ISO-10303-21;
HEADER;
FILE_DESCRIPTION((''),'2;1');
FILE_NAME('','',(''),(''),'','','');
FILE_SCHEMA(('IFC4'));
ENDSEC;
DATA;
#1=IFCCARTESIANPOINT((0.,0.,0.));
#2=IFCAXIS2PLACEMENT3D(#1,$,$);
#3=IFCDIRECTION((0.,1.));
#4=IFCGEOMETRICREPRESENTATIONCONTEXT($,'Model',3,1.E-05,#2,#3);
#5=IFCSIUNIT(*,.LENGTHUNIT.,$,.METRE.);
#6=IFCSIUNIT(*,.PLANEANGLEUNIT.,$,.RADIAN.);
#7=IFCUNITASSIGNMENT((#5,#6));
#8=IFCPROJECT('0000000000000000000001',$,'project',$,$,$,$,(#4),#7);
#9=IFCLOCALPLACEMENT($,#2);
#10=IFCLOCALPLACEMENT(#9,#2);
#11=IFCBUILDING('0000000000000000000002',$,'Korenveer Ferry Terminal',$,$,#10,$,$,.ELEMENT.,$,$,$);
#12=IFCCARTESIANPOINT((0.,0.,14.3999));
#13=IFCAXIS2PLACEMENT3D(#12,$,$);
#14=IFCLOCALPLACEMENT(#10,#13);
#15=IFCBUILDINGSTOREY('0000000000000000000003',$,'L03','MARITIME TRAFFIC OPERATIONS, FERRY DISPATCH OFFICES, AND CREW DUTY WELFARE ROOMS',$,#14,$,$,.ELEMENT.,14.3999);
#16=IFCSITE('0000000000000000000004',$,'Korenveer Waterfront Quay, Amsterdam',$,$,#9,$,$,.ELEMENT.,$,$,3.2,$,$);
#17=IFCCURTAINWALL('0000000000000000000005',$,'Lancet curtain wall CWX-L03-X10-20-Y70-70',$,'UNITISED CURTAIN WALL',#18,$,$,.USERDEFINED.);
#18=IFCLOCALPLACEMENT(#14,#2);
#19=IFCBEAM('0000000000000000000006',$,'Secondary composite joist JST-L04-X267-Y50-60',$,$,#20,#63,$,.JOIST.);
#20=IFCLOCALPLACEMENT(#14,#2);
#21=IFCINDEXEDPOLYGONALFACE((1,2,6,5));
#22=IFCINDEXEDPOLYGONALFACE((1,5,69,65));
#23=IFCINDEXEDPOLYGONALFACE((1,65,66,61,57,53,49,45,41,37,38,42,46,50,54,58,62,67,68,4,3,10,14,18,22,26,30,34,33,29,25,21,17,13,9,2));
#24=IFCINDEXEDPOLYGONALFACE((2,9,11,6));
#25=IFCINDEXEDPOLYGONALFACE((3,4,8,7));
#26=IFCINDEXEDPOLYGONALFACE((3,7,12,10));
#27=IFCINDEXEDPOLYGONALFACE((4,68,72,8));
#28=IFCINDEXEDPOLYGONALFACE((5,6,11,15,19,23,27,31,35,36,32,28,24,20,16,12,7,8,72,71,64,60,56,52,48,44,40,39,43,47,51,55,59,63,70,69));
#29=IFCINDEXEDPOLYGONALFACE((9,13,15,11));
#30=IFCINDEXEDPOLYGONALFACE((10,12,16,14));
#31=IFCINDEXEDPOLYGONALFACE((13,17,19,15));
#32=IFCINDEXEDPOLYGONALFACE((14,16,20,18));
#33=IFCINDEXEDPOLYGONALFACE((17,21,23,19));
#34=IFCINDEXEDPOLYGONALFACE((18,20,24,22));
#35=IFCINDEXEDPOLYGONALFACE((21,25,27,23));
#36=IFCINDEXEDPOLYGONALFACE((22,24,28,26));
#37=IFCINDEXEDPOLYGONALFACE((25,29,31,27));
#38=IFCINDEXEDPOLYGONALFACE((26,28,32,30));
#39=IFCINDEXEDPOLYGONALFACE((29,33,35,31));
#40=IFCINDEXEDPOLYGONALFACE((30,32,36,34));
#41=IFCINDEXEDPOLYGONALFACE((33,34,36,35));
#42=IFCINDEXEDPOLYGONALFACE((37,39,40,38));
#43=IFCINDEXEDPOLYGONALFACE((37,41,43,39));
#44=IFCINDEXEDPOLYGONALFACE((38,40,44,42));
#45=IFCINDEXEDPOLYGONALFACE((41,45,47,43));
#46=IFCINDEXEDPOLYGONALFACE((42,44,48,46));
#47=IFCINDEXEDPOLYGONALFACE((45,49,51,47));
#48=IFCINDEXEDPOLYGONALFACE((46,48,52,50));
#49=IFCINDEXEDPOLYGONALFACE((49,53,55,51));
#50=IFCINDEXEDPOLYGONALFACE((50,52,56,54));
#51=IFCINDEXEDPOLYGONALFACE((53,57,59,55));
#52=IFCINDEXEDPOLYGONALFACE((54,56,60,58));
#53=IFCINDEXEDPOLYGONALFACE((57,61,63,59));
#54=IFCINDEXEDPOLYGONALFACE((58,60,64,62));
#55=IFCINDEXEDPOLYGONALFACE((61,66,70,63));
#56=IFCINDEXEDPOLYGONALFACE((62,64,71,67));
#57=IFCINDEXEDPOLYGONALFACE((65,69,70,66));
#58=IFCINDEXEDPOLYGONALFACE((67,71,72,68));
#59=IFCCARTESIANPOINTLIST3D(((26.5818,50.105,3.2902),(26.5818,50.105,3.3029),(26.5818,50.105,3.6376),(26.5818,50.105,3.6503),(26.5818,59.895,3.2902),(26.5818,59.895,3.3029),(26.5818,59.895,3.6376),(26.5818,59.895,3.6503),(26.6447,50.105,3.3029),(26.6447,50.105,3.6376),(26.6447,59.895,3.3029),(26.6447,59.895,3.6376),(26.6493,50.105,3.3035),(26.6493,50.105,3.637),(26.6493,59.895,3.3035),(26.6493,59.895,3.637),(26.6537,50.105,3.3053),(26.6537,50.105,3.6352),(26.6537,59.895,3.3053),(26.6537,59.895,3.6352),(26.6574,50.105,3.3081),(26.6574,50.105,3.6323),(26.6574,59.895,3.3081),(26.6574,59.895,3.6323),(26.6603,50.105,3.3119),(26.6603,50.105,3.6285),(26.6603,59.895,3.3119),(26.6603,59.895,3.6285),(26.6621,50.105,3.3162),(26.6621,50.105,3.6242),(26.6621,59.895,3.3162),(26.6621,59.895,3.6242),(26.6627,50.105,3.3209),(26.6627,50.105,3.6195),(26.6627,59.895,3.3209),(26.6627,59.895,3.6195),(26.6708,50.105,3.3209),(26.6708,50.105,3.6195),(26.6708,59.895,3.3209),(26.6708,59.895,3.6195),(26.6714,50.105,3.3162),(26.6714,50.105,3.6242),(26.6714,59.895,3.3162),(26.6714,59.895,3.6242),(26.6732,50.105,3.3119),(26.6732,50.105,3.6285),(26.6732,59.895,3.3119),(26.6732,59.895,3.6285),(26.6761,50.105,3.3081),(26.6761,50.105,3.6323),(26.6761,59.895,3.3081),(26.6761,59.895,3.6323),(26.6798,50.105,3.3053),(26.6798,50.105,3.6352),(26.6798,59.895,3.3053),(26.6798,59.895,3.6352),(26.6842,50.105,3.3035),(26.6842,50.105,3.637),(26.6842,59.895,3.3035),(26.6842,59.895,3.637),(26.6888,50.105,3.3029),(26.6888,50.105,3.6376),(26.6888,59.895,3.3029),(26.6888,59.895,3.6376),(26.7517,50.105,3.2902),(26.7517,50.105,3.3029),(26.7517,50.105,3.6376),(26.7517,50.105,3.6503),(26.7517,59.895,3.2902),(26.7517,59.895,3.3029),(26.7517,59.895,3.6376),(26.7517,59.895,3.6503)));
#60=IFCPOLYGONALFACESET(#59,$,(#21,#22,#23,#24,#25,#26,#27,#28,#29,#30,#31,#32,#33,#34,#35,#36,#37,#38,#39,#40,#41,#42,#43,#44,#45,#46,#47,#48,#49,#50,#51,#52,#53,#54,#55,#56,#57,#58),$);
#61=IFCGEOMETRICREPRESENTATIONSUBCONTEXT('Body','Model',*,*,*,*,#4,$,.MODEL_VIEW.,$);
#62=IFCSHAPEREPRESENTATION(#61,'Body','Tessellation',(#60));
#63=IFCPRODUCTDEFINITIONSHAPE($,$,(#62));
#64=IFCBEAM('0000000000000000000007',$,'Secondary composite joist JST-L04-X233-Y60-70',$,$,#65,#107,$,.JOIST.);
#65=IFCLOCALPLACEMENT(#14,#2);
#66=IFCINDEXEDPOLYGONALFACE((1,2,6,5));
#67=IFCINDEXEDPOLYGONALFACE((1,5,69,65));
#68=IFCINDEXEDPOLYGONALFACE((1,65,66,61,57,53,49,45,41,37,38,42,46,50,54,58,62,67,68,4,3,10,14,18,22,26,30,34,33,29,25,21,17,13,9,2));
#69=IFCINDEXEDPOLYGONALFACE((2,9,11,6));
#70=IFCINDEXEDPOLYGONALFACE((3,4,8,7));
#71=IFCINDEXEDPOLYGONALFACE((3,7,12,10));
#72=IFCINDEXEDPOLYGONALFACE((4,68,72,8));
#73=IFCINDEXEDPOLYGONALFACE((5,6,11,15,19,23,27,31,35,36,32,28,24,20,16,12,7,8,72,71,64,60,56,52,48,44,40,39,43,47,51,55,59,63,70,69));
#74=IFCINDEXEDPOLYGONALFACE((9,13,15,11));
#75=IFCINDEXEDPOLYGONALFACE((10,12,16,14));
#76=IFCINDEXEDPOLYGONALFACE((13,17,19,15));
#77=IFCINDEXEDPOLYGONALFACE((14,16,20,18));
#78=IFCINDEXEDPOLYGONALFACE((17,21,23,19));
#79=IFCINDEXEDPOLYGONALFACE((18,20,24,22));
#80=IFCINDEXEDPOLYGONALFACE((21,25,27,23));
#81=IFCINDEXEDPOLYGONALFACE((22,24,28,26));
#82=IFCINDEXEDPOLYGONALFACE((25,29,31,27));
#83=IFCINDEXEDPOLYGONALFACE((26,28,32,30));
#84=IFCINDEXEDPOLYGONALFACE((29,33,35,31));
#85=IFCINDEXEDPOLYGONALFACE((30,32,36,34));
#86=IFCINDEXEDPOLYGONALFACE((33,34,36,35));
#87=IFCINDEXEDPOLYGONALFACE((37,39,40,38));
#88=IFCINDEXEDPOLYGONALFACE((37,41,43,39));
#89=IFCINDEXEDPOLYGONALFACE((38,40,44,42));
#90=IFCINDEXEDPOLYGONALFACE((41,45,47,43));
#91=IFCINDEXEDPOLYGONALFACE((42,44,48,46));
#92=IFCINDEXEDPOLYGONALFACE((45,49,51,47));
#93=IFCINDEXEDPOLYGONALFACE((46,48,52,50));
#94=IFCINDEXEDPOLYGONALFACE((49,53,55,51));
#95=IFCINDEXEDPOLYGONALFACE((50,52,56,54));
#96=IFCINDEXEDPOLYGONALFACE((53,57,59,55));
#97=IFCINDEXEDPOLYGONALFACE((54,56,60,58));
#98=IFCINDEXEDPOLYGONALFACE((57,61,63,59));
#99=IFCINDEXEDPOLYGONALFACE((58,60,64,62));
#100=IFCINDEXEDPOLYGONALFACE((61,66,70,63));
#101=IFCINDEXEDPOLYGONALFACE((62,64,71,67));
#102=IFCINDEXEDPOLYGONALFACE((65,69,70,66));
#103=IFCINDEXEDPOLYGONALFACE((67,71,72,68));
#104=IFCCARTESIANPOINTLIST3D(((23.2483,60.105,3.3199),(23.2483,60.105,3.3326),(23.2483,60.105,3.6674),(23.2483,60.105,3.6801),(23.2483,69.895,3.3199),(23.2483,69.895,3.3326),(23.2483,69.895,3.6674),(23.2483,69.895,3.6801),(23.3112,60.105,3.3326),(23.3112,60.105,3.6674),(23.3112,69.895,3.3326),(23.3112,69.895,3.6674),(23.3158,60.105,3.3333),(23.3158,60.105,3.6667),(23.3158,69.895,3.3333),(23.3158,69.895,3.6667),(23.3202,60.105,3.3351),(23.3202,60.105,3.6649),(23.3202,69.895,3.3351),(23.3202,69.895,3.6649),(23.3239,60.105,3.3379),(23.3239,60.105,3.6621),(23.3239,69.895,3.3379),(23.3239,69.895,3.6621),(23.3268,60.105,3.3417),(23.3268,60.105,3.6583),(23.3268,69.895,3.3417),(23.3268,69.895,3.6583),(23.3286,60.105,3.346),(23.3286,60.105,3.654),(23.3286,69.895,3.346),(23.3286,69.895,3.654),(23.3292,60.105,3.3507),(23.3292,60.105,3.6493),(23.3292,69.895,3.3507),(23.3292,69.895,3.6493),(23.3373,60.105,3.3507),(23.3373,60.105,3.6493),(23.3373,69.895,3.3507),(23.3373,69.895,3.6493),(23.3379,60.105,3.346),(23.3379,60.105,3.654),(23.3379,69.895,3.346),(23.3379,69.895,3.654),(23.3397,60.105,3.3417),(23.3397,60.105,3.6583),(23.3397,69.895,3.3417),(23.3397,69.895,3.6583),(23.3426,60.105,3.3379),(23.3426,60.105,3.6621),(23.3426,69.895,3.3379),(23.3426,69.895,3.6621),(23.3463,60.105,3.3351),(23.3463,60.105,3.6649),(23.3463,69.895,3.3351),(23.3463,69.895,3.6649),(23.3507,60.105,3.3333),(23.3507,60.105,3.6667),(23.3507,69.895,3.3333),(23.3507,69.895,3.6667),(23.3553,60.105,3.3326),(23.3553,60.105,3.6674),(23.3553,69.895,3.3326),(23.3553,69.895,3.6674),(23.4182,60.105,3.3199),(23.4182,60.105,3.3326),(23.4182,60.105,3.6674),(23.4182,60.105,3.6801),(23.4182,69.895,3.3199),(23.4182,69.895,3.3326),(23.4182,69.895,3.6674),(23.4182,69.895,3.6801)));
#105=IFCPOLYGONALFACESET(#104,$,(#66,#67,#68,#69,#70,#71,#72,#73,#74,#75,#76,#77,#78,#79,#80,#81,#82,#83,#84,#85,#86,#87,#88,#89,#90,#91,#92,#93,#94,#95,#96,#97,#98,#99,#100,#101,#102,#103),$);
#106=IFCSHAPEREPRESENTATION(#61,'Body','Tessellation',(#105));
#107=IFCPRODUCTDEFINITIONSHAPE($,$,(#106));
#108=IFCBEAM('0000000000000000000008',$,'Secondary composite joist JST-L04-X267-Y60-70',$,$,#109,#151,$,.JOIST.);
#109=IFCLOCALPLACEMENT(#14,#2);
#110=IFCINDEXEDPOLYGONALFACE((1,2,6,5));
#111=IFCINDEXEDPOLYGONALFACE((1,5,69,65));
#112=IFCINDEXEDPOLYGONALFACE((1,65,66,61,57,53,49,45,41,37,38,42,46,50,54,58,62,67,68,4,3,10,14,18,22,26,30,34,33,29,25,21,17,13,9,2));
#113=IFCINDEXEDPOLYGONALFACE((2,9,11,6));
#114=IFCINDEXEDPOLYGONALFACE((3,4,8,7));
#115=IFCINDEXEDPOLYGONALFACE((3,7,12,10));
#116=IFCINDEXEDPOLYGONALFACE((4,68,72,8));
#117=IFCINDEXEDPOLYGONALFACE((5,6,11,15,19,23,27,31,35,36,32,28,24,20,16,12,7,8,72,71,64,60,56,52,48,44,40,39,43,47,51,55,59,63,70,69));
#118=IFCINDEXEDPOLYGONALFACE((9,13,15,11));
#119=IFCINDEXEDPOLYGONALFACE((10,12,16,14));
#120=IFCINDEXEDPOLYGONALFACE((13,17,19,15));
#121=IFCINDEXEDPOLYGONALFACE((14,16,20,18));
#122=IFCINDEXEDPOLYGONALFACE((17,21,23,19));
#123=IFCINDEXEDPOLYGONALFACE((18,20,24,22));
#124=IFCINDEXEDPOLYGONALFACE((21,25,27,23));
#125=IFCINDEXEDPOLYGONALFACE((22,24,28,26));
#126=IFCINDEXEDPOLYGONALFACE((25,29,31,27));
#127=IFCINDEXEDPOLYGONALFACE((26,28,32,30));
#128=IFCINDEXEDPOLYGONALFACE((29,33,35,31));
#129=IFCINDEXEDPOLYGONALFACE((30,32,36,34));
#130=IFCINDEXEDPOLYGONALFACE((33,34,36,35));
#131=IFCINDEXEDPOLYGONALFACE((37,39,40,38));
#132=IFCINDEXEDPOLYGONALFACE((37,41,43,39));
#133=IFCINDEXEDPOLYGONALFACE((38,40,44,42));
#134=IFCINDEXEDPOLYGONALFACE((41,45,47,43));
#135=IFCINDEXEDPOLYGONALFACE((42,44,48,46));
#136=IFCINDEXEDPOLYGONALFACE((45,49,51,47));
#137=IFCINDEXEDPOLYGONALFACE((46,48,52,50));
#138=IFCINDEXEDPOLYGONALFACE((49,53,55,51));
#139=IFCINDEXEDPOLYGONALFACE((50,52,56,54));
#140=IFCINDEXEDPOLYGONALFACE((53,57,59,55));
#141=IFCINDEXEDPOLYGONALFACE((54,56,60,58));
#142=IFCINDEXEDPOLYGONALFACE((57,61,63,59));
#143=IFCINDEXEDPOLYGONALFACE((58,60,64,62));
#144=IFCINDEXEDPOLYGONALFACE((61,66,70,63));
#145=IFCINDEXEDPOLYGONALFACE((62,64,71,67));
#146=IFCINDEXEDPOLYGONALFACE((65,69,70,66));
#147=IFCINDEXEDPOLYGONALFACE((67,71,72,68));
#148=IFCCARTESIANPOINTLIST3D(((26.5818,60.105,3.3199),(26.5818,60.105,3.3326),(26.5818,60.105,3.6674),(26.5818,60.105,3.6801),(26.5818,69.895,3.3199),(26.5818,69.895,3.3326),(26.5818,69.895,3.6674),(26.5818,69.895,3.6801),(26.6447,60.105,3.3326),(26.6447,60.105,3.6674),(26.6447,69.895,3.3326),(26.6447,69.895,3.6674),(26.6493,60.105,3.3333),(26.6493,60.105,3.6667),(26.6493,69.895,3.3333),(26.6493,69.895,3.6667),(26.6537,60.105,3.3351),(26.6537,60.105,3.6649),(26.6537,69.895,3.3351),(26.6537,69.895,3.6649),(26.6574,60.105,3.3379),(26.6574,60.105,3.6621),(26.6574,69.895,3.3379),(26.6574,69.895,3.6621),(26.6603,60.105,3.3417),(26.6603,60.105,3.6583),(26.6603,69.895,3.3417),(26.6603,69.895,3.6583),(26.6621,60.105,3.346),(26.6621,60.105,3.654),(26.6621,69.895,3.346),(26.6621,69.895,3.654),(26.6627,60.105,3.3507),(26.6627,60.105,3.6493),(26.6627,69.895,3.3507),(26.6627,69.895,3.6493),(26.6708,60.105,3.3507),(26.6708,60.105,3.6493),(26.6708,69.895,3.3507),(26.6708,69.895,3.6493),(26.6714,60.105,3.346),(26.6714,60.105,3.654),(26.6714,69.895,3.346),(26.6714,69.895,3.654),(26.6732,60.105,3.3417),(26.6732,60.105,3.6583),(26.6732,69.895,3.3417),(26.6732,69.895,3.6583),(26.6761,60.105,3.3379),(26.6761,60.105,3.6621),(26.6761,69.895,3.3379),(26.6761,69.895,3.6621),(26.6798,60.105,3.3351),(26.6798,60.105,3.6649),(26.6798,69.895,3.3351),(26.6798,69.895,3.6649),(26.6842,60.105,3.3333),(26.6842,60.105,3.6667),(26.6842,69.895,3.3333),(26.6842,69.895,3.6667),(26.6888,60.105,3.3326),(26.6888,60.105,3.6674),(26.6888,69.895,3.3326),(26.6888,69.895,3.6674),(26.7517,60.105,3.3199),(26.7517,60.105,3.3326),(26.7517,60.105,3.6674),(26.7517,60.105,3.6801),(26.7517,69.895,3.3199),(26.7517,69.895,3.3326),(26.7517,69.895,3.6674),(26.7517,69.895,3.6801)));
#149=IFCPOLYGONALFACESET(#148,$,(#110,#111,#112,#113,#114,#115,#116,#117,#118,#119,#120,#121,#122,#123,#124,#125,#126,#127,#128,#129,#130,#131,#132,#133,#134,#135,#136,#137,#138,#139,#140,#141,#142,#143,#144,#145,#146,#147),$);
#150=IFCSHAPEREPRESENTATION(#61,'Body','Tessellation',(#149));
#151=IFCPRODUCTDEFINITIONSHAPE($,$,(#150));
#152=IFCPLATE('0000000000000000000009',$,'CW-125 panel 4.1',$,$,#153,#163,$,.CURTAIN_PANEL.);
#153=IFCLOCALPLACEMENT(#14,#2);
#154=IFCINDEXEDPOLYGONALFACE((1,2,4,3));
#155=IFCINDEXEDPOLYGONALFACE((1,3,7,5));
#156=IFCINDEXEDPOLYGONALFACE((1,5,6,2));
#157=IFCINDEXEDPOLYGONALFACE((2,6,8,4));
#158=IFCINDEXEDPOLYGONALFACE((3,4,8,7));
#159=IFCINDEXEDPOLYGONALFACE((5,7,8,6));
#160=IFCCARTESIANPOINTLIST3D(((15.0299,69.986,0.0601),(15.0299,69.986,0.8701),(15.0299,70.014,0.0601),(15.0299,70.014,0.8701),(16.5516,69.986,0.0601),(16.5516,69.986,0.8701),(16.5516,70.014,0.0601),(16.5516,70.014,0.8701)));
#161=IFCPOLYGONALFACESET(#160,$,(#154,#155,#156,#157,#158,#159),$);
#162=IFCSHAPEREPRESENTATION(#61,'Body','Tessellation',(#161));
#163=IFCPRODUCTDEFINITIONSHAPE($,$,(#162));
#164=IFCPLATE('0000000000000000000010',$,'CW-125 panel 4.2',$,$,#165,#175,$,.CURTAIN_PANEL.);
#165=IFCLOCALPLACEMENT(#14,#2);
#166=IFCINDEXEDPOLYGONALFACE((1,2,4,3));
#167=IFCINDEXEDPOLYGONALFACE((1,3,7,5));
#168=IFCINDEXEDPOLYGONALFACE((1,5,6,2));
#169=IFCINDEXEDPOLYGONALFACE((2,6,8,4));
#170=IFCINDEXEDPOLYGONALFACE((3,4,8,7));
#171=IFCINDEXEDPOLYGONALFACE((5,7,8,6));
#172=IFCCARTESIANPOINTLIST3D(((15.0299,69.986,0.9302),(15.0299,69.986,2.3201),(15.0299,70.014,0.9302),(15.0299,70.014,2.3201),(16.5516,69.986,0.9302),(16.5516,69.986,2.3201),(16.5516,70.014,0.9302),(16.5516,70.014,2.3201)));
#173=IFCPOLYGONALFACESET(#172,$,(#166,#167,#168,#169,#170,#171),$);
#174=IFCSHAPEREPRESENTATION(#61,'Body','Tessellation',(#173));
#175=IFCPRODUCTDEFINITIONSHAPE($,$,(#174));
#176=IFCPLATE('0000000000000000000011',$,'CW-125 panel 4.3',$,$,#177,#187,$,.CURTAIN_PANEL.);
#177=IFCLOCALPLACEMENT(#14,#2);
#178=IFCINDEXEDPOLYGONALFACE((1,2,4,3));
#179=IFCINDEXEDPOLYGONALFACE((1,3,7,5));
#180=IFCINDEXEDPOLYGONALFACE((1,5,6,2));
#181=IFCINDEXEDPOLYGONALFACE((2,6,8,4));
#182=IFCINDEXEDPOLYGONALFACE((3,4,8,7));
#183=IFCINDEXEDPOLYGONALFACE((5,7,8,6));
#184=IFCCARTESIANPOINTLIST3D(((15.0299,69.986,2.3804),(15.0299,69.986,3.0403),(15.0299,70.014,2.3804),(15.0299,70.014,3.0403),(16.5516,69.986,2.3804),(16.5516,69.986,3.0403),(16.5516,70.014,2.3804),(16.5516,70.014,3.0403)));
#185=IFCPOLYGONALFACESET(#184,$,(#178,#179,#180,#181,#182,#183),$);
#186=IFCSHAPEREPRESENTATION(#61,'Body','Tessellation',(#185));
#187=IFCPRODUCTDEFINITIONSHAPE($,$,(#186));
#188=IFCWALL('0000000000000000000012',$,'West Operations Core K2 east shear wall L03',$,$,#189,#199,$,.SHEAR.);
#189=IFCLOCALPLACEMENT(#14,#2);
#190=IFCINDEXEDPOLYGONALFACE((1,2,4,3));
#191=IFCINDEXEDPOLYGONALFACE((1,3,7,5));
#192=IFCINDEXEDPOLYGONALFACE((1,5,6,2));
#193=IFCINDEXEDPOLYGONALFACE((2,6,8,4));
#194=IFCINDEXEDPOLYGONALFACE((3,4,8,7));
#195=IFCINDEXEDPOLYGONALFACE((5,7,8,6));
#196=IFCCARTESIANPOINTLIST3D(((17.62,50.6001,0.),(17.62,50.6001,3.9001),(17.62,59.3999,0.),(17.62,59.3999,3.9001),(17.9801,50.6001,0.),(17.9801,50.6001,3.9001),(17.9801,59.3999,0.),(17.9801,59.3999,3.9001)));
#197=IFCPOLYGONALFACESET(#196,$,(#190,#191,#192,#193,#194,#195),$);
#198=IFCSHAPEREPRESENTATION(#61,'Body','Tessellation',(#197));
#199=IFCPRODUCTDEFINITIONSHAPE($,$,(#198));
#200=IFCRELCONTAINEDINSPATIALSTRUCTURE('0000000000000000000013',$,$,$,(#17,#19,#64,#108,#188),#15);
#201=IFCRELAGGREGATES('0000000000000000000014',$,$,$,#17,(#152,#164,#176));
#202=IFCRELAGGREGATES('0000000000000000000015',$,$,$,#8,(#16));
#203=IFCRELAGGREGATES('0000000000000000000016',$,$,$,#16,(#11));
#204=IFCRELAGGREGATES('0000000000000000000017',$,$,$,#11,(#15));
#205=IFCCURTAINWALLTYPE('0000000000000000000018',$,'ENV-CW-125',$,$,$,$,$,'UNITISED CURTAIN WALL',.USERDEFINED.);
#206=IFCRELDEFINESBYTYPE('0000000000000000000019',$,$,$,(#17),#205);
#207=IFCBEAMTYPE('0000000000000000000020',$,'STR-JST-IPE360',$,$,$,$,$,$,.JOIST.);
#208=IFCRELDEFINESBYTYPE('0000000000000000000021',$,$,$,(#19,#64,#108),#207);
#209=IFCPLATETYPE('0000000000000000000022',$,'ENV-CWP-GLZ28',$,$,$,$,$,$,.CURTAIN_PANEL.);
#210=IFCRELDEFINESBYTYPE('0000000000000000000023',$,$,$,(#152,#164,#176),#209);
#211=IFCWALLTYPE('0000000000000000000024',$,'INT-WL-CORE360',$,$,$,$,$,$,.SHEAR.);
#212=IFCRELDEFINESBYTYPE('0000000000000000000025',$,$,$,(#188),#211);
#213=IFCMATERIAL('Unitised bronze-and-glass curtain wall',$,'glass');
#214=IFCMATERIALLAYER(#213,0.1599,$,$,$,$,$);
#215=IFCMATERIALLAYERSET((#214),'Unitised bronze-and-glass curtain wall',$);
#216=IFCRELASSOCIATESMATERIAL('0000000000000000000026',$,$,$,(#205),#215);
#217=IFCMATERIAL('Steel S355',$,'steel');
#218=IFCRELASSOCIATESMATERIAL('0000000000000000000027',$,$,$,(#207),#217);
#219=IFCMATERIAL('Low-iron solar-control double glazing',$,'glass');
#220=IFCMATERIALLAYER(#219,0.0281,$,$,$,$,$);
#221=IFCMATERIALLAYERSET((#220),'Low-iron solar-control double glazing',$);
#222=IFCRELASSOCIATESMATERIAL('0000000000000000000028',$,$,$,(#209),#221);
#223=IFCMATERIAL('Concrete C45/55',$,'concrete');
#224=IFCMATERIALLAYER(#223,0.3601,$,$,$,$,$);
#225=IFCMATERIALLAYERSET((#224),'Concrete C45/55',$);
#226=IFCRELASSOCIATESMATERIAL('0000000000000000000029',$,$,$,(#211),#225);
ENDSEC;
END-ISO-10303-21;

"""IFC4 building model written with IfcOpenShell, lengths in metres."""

from ifc_helpers import new_model, si_unit, direction, frame, frame_2d, origin, origin_2d, place, context, subcontext, project, spatial, rectangle, i_section, extrude, material, layer, layer_set, material_profile, profile_set, type_object, element, aggregate, save


model = new_model("IFC4")

# Units and contexts
model_context = context("Model", 3, precision=1e-05, world=origin(), true_north=direction((0.0, 1.0)))
body_context = subcontext(model_context, "Body", "Model", "MODEL_VIEW")
ifc_project = project(units=[si_unit("LENGTHUNIT", "METRE"), si_unit("PLANEANGLEUNIT", "RADIAN")], contexts=[model_context])

# Site, building, storey
site_placement = place(None, origin())
site = spatial("IfcSite", under=ifc_project, at=site_placement, Name="Korenveer Waterfront Quay, Amsterdam", CompositionType="ELEMENT", RefElevation=3.2)
building_placement = place(site_placement, origin())
building = spatial("IfcBuilding", under=site, at=building_placement, Name="Korenveer Ferry Terminal", CompositionType="ELEMENT")
storey_placement = place(building_placement, frame((0.0, 0.0, 14.3999)))
storey = spatial("IfcBuildingStorey", under=building, at=storey_placement, Name="L03", Description="MARITIME TRAFFIC OPERATIONS, FERRY DISPATCH OFFICES, AND CREW DUTY WELFARE ROOMS", CompositionType="ELEMENT", Elevation=14.3999)

# Shared definitions
ifc_material_1 = material(Name="Concrete C45/55", Category="concrete")

# Curtain wall
ifc_material_2 = material(Name="Unitised bronze-and-glass curtain wall", Category="glass")
ifc_layer_1 = layer(ifc_material_2, 0.1599)
ifc_layer_set_1 = layer_set([ifc_layer_1], Name="Unitised bronze-and-glass curtain wall")
curtain_wall_type = type_object("IfcCurtainWallType", Name="ENV-CW-125", ElementType="UNITISED CURTAIN WALL", PredefinedType="USERDEFINED", material=ifc_layer_set_1)
curtain_wall_placement = place(storey_placement, frame((10.2549, 70.0, 0.0)))
curtain_wall = element("IfcCurtainWall", 1, at=curtain_wall_placement, inside=storey, type_object=curtain_wall_type, Name="Lancet curtain wall CWX-L03-X10-20-Y70-70", ObjectType="UNITISED CURTAIN WALL", PredefinedType="USERDEFINED")

# Beams
ifc_material_3 = material(Name="Steel S355", Category="steel")
ifc_material_profile_1 = material_profile(ifc_material_3, i_section(OverallWidth=0.1699, OverallDepth=0.3601, WebThickness=0.0081, FlangeThickness=0.0127, FilletRadius=0.0181, at=origin_2d()), Name="IPE 360")
ifc_profile_set_1 = profile_set([ifc_material_profile_1], Name="Steel S355")
beam_type_1 = type_object("IfcBeamType", Name="STR-JST-IPE360", PredefinedType="JOIST", material=ifc_profile_set_1)
for number, where, z_axis, x_axis, name in (
    (2, (26.6667, 50.105, 3.4702), (0.0, 1.0, 0.0), (-1.0, 0.0, 0.0), "Secondary composite joist JST-L04-X267-Y50-60"),
    (3, (23.3333, 60.105, 3.5), (0.0, 1.0, 0.0), (-1.0, 0.0, 0.0), "Secondary composite joist JST-L04-X233-Y60-70"),
    (4, (26.6667, 60.105, 3.5), (0.0, 1.0, 0.0), (-1.0, 0.0, 0.0), "Secondary composite joist JST-L04-X267-Y60-70"),
):
    element("IfcBeam", number, at=place(storey_placement, frame(where, z_axis=z_axis, x_axis=x_axis)), inside=storey, type_object=beam_type_1, Name=name, PredefinedType="JOIST", context=body_context, shape_type="SweptSolid", body=[
        extrude(i_section(OverallWidth=0.1699, OverallDepth=0.3601, WebThickness=0.0081, FlangeThickness=0.0127, FilletRadius=0.0181, at=origin_2d()), origin(), (0.0, 0.0, 1.0), 9.79),
    ])

# Plates
ifc_material_4 = material(Name="Low-iron solar-control double glazing", Category="glass")
ifc_layer_2 = layer(ifc_material_4, 0.0281)
ifc_layer_set_2 = layer_set([ifc_layer_2], Name="Low-iron solar-control double glazing")
plate_type = type_object("IfcPlateType", Name="ENV-CWP-GLZ28", PredefinedType="CURTAIN_PANEL", material=ifc_layer_set_2)
plate_1_placement = place(storey_placement, frame((15.7908, 70.0, 0.0601), z_axis=(0.0, 0.0, 1.0), x_axis=(1.0, 0.0, 0.0)))
plate_1 = element("IfcPlate", 5, at=plate_1_placement, type_object=plate_type, Name="CW-125 panel 4.1", PredefinedType="CURTAIN_PANEL", context=body_context, shape_type="SweptSolid", body=[
    extrude(rectangle(XDim=1.5217, YDim=0.0281, at=origin_2d()), origin(), (0.0, 0.0, 1.0), 0.8101),
])
plate_2_placement = place(storey_placement, frame((15.7908, 70.0, 0.9302), z_axis=(0.0, 0.0, 1.0), x_axis=(1.0, 0.0, 0.0)))
plate_2 = element("IfcPlate", 6, at=plate_2_placement, type_object=plate_type, Name="CW-125 panel 4.2", PredefinedType="CURTAIN_PANEL", context=body_context, shape_type="SweptSolid", body=[
    extrude(rectangle(XDim=1.5217, YDim=0.0281, at=origin_2d()), origin(), (0.0, 0.0, 1.0), 1.3899),
])
plate_3_placement = place(storey_placement, frame((15.7908, 70.0, 2.3804), z_axis=(0.0, 0.0, 1.0), x_axis=(1.0, 0.0, 0.0)))
plate_3 = element("IfcPlate", 7, at=plate_3_placement, type_object=plate_type, Name="CW-125 panel 4.3", PredefinedType="CURTAIN_PANEL", context=body_context, shape_type="SweptSolid", body=[
    extrude(rectangle(XDim=1.5217, YDim=0.0281, at=origin_2d()), origin(), (0.0, 0.0, 1.0), 0.6599),
])
aggregate(curtain_wall, [plate_1, plate_2, plate_3])

# Wall
ifc_layer_3 = layer(ifc_material_1, 0.3601)
ifc_layer_set_3 = layer_set([ifc_layer_3], Name="Concrete C45/55")
wall_type_1 = type_object("IfcWallType", Name="INT-WL-CORE360", PredefinedType="SHEAR", material=ifc_layer_set_3)
wall_1_placement = place(storey_placement, frame((17.8, 50.6001, 0.0), z_axis=(0.0, 0.0, 1.0), x_axis=(0.0, 1.0, 0.0)))
element("IfcWall", 8, at=wall_1_placement, inside=storey, type_object=wall_type_1, Name="West Operations Core K2 east shear wall L03", PredefinedType="SHEAR", context=body_context, shape_type="SweptSolid", body=[
    extrude(rectangle(XDim=8.7998, YDim=0.3601, at=frame_2d((4.3999, 0.0))), origin(), (0.0, 0.0, 1.0), 3.9001),
])

save(model, "model.ifc")
